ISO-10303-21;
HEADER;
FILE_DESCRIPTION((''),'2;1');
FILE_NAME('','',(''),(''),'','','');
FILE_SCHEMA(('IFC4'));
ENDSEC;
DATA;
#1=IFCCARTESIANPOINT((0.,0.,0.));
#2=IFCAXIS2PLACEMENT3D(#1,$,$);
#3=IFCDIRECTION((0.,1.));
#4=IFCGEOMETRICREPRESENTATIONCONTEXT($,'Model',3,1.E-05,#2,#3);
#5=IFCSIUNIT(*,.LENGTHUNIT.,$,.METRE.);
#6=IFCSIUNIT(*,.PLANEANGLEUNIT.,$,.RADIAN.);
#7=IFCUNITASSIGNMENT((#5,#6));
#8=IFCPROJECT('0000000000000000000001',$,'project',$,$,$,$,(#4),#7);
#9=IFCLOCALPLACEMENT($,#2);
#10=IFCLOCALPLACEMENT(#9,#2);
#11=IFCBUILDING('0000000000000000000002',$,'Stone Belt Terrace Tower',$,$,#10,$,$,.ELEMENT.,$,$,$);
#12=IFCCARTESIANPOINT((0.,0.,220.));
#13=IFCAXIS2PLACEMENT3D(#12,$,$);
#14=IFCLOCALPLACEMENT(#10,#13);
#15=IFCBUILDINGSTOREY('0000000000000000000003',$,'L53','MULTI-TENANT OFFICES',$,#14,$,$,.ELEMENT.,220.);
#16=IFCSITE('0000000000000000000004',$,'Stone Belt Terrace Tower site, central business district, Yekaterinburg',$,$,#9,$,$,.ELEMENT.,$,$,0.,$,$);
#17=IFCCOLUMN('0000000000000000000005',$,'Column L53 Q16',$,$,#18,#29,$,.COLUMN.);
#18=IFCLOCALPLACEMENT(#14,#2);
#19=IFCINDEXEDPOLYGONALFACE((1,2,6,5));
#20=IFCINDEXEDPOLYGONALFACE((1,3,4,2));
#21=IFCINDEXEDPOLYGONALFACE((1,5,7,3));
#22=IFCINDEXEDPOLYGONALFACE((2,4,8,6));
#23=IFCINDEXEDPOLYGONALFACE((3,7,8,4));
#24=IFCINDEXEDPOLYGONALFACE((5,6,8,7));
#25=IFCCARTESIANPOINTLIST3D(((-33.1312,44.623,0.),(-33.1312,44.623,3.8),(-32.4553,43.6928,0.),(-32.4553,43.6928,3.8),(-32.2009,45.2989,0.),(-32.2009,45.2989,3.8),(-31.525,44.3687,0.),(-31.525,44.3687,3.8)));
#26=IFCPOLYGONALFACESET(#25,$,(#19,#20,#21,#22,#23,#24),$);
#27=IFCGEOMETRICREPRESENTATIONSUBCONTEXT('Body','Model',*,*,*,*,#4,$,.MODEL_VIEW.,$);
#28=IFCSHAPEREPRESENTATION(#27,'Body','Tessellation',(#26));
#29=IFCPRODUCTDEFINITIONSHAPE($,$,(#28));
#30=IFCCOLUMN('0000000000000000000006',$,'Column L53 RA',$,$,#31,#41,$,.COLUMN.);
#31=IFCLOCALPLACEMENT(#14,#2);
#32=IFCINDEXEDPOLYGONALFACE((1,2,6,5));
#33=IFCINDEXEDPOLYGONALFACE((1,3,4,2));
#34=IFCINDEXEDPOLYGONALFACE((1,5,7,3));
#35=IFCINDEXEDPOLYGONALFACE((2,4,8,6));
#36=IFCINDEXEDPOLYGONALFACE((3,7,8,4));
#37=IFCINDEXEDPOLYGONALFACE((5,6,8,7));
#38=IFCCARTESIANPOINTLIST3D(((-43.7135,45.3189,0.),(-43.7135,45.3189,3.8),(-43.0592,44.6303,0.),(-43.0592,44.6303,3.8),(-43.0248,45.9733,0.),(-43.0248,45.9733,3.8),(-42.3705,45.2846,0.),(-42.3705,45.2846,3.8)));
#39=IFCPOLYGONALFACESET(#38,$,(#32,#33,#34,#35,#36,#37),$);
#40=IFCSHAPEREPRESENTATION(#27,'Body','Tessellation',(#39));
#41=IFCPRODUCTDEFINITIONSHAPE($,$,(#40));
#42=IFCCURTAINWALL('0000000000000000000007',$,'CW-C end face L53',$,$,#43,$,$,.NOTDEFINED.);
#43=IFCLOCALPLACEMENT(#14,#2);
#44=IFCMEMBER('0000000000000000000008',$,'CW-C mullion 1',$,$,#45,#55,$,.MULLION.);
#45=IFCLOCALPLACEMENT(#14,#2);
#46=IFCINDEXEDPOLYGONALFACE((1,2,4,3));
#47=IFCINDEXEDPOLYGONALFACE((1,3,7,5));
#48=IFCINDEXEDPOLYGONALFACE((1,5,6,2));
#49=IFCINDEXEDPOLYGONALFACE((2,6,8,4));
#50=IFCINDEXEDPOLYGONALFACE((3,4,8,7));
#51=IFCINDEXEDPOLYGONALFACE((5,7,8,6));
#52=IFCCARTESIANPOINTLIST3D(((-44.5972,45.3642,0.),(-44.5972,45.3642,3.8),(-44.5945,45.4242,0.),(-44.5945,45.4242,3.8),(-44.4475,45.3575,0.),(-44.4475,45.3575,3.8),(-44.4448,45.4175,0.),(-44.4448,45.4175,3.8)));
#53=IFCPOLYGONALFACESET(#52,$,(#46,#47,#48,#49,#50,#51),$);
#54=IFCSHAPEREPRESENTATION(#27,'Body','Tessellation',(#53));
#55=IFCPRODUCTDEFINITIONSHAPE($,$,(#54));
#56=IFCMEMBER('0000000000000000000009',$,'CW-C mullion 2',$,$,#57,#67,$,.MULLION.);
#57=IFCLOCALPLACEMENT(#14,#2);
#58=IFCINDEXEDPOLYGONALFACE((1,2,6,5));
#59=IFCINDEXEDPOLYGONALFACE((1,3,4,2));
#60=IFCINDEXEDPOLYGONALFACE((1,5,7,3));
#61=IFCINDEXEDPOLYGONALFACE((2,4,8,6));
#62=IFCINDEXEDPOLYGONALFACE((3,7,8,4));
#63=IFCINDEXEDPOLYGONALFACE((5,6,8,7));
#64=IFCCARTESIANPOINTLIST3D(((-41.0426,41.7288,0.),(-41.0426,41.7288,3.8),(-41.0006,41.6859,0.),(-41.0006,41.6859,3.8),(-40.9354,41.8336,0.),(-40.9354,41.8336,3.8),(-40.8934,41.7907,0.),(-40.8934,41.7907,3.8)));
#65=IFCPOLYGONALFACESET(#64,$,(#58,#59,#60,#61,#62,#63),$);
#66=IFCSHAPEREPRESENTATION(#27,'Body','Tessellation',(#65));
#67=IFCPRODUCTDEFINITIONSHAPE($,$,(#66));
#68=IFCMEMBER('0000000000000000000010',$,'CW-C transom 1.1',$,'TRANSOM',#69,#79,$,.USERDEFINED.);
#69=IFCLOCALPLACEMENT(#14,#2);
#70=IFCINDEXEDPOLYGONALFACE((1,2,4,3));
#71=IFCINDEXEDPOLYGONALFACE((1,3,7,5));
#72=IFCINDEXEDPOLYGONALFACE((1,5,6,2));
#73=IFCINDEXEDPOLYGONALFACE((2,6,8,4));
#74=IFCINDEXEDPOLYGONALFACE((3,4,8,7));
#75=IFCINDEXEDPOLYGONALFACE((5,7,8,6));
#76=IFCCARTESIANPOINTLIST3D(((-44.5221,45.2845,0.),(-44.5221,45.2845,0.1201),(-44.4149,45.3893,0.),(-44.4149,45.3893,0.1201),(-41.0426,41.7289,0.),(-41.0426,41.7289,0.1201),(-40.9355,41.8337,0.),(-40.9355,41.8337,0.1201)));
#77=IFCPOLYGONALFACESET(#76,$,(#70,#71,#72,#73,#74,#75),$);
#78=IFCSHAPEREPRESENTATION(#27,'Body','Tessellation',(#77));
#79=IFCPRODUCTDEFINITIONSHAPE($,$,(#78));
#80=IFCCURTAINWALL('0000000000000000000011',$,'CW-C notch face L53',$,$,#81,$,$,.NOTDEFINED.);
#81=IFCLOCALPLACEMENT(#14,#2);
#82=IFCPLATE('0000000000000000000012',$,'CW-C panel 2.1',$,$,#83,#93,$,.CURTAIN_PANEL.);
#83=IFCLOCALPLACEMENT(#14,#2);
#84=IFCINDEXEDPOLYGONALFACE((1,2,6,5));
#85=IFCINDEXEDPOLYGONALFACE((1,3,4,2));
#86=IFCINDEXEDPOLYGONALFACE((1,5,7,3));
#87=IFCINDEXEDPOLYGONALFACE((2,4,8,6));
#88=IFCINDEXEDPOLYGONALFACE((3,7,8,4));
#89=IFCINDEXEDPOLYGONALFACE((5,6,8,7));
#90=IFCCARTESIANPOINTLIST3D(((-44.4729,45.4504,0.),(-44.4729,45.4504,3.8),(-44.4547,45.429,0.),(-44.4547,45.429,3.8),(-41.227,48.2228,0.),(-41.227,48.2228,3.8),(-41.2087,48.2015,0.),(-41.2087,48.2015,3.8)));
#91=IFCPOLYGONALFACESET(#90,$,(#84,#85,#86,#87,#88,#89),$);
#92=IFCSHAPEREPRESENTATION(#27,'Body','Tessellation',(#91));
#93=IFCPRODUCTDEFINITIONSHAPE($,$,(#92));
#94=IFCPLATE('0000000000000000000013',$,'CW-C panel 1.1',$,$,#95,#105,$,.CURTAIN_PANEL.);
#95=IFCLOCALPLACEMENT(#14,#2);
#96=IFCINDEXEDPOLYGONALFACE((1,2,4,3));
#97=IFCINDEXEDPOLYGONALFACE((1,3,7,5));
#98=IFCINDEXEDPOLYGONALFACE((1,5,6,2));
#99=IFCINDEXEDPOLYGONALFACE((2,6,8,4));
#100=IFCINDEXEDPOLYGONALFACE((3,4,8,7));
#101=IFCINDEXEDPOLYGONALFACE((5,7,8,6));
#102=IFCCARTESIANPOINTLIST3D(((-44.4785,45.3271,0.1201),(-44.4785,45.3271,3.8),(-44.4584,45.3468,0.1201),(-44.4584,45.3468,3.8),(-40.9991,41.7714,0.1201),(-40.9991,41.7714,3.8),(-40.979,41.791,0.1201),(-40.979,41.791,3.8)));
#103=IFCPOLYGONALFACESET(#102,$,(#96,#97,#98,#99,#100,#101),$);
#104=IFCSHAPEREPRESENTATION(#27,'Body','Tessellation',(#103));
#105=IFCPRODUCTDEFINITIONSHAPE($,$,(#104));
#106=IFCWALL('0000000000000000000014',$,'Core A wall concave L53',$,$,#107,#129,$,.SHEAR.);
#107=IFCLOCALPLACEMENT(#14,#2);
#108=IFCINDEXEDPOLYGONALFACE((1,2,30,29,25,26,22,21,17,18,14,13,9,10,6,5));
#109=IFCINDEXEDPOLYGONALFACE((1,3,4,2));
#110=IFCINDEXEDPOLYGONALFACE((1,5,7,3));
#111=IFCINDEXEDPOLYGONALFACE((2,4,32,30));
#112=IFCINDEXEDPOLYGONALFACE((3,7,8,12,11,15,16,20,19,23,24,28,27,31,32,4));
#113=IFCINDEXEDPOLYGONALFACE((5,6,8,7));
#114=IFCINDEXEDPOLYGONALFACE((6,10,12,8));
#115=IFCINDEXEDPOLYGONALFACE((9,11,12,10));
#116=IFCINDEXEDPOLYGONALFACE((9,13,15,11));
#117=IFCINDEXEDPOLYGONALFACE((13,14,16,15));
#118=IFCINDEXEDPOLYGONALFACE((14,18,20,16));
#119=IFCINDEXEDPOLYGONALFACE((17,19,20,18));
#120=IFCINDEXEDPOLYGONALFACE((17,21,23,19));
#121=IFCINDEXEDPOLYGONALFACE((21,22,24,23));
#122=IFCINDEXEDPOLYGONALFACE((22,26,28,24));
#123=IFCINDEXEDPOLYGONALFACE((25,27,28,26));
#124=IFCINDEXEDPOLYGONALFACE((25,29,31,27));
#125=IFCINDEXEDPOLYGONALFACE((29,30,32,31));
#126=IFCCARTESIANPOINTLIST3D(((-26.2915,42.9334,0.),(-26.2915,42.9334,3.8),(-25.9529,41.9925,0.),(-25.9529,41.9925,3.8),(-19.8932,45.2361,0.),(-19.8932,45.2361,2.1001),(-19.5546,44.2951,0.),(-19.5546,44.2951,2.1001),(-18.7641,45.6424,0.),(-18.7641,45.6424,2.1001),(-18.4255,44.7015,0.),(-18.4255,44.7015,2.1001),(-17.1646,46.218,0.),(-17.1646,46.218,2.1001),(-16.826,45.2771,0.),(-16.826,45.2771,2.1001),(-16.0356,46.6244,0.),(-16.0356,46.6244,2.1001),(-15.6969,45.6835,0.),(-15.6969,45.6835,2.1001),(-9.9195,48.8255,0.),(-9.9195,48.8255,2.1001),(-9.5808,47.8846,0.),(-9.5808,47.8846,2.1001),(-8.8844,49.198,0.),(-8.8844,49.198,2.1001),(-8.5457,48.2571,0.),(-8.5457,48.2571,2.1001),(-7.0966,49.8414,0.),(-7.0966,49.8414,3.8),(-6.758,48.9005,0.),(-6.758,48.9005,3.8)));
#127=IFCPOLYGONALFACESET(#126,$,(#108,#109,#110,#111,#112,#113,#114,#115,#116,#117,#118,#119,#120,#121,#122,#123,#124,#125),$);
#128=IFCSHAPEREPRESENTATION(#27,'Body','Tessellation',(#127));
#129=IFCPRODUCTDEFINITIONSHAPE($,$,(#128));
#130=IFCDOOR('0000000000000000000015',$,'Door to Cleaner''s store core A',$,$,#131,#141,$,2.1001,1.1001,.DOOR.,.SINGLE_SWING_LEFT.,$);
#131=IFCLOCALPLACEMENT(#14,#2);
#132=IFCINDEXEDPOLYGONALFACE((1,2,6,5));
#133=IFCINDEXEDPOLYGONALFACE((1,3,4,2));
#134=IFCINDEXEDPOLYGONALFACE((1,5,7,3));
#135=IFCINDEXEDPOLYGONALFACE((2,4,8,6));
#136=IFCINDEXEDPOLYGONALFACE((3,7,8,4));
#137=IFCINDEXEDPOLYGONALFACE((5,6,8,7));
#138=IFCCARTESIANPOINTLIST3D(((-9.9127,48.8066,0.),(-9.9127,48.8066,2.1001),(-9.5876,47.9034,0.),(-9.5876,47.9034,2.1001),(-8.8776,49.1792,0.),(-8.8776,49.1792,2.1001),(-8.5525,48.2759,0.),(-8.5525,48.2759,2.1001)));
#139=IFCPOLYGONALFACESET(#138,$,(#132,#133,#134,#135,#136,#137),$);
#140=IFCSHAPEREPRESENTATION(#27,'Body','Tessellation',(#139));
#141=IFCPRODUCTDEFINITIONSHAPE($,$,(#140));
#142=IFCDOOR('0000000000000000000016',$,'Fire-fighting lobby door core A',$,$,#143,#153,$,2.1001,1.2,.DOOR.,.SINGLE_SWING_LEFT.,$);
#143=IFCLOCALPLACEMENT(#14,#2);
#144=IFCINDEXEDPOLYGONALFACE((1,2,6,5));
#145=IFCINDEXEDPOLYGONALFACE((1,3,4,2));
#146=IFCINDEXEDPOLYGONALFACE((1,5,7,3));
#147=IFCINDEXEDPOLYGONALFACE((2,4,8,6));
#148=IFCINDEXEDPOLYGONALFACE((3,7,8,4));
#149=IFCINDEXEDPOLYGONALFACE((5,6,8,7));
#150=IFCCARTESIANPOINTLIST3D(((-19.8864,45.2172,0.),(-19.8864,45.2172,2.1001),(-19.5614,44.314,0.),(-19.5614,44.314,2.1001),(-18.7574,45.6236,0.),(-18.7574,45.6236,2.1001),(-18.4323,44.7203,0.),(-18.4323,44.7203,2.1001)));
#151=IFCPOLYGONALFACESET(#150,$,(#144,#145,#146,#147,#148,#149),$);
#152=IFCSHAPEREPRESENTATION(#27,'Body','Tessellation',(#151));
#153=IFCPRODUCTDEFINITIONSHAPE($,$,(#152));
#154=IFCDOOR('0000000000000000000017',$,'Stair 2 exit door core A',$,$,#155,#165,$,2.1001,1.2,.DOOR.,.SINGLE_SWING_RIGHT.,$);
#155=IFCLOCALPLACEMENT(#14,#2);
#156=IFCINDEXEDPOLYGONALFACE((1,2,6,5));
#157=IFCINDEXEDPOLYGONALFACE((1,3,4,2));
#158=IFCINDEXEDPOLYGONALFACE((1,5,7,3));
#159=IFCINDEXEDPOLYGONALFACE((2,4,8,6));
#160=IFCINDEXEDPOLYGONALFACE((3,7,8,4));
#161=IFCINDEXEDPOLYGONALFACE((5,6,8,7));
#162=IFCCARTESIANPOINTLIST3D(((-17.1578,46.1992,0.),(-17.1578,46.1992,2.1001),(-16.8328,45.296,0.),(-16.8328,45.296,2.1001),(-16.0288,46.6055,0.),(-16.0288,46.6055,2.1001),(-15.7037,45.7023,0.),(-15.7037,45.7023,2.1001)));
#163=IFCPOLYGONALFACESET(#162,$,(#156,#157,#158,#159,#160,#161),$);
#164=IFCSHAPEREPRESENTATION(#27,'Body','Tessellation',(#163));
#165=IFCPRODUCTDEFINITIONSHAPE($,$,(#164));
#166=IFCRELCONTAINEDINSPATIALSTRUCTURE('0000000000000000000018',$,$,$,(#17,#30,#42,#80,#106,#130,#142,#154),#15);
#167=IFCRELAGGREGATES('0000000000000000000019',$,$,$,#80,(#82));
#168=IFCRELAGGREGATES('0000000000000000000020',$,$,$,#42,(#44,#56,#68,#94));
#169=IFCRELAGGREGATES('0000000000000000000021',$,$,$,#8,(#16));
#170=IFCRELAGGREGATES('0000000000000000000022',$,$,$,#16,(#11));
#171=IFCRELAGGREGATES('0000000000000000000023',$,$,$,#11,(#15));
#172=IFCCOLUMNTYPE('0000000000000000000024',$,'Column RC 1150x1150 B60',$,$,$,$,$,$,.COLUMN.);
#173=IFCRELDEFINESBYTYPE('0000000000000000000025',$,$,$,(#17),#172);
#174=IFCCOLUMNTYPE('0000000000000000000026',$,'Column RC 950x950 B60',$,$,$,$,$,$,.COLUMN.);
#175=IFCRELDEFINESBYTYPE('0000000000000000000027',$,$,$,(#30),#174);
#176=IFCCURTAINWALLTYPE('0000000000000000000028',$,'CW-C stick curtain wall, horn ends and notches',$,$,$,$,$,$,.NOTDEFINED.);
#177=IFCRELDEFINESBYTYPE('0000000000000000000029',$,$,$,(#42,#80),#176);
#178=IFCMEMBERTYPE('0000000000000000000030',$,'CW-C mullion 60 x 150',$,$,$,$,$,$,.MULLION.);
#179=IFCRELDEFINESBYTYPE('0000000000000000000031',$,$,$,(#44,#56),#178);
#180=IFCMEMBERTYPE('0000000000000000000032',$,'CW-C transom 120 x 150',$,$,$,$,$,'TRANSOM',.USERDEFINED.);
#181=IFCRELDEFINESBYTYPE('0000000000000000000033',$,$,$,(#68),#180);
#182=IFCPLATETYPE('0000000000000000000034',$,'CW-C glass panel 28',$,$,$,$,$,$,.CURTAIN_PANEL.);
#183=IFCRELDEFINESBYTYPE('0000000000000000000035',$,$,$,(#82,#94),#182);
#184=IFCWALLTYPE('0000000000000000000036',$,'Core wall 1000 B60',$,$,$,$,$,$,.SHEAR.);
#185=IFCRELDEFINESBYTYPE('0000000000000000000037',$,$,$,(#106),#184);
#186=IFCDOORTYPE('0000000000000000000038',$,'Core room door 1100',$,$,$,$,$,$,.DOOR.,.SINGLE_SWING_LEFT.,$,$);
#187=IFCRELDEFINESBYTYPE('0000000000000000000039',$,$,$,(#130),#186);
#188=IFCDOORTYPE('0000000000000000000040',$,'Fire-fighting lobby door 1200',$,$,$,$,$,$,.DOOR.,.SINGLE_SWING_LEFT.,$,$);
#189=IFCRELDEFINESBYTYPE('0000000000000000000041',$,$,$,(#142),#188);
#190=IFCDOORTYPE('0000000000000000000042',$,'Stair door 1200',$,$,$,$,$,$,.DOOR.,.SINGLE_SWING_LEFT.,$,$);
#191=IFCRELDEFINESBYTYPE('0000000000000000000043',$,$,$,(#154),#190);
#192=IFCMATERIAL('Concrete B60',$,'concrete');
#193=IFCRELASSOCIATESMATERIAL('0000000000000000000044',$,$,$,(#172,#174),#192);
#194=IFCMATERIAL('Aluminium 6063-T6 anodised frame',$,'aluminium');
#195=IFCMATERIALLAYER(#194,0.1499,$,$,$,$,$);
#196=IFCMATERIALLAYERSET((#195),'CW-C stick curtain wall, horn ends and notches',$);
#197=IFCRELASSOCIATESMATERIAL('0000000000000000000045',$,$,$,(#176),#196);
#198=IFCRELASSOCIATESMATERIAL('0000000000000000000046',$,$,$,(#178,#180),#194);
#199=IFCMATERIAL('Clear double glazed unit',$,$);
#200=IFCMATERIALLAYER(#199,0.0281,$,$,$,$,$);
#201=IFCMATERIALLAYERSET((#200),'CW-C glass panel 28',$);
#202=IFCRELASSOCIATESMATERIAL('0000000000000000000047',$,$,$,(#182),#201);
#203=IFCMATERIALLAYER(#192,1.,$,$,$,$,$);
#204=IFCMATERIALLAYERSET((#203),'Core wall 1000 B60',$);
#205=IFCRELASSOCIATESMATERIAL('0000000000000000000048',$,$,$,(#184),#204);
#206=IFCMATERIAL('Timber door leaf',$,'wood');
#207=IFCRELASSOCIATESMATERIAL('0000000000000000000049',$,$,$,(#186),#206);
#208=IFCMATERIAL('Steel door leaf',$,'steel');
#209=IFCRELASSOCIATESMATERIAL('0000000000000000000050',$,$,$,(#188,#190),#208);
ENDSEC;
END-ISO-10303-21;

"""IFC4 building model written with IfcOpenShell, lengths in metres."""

from ifc_helpers import new_model, si_unit, direction, frame, frame_2d, origin, origin_2d, place, context, subcontext, project, spatial, rectangle, extrude, material, layer, layer_set, material_profile, profile_set, type_object, element, fill, aggregate, save


model = new_model("IFC4")

# Units and contexts
model_context = context("Model", 3, precision=1e-05, world=origin(), true_north=direction((0.0, 1.0)))
body_context = subcontext(model_context, "Body", "Model", "MODEL_VIEW")
ifc_project = project(units=[si_unit("LENGTHUNIT", "METRE"), si_unit("PLANEANGLEUNIT", "RADIAN")], contexts=[model_context])

# Site, building, storey
site_placement = place(None, origin())
site = spatial("IfcSite", under=ifc_project, at=site_placement, Name="Stone Belt Terrace Tower site, central business district, Yekaterinburg", CompositionType="ELEMENT", RefElevation=0.0)
building_placement = place(site_placement, origin())
building = spatial("IfcBuilding", under=site, at=building_placement, Name="Stone Belt Terrace Tower", CompositionType="ELEMENT")
storey_placement = place(building_placement, frame((0.0, 0.0, 220.0)))
storey = spatial("IfcBuildingStorey", under=building, at=storey_placement, Name="L53", Description="MULTI-TENANT OFFICES", CompositionType="ELEMENT", Elevation=220.0)

# Columns
ifc_material_1 = material(Name="Concrete B60", Category="concrete")
ifc_material_profile_1 = material_profile(ifc_material_1, rectangle(XDim=1.1499, YDim=1.1499, at=origin_2d()), Name="RC 1150x1150")
ifc_profile_set_1 = profile_set([ifc_material_profile_1], Name="Concrete B60")
column_type_1 = type_object("IfcColumnType", Name="Column RC 1150x1150 B60", PredefinedType="COLUMN", material=ifc_profile_set_1)
column_1_placement = place(storey_placement, frame((-32.3281, 44.4958, 0.0), z_axis=(0.0, 0.0, 1.0), x_axis=(0.809017, 0.587785, 0.0)))
element("IfcColumn", 1, at=column_1_placement, inside=storey, type_object=column_type_1, Name="Column L53 Q16", PredefinedType="COLUMN", context=body_context, shape_type="SweptSolid", body=[
    extrude(rectangle(XDim=1.1499, YDim=1.1499, at=origin_2d()), origin(), (0.0, 0.0, 1.0), 3.8),
])
ifc_material_profile_2 = material_profile(ifc_material_1, rectangle(XDim=0.95, YDim=0.95, at=origin_2d()), Name="RC 950x950")
ifc_profile_set_2 = profile_set([ifc_material_profile_2], Name="Concrete B60")
column_type_2 = type_object("IfcColumnType", Name="Column RC 950x950 B60", PredefinedType="COLUMN", material=ifc_profile_set_2)
column_2_placement = place(storey_placement, frame((-43.042, 45.3018, 0.0), z_axis=(0.0, 0.0, 1.0), x_axis=(0.724959, 0.688792, 0.0)))
element("IfcColumn", 2, at=column_2_placement, inside=storey, type_object=column_type_2, Name="Column L53 RA", PredefinedType="COLUMN", context=body_context, shape_type="SweptSolid", body=[
    extrude(rectangle(XDim=0.95, YDim=0.95, at=origin_2d()), origin(), (0.0, 0.0, 1.0), 3.8),
])

# Curtain wall, members
ifc_material_2 = material(Name="Aluminium 6063-T6 anodised frame", Category="aluminium")
ifc_layer_1 = layer(ifc_material_2, 0.1499)
ifc_layer_set_1 = layer_set([ifc_layer_1], Name="CW-C stick curtain wall, horn ends and notches")
curtain_wall_type = type_object("IfcCurtainWallType", Name="CW-C stick curtain wall, horn ends and notches", PredefinedType="NOTDEFINED", material=ifc_layer_set_1)
curtain_wall_1_placement = place(storey_placement, origin())
curtain_wall_1 = element("IfcCurtainWall", 3, at=curtain_wall_1_placement, inside=storey, type_object=curtain_wall_type, Name="CW-C end face L53", PredefinedType="NOTDEFINED")
ifc_material_profile_3 = material_profile(ifc_material_2, rectangle(XDim=0.1499, YDim=0.0601, at=origin_2d()), Name="Aluminium 6063-T6 60x150")
ifc_profile_set_3 = profile_set([ifc_material_profile_3], Name="Aluminium 6063-T6 anodised frame")
member_type_1 = type_object("IfcMemberType", Name="CW-C mullion 60 x 150", PredefinedType="MULLION", material=ifc_profile_set_3)
member_1_placement = place(storey_placement, frame((-44.521, 45.3909, 0.0), z_axis=(0.0, 0.0, 1.0), x_axis=(0.999002, -0.044672, 0.0)))
member_1 = element("IfcMember", 4, at=member_1_placement, type_object=member_type_1, Name="CW-C mullion 1", PredefinedType="MULLION", context=body_context, shape_type="SweptSolid", body=[
    extrude(rectangle(XDim=0.1499, YDim=0.0601, at=origin_2d()), origin(), (0.0, 0.0, 1.0), 3.8),
])
member_2_placement = place(storey_placement, frame((-40.968, 41.7598, 0.0), z_axis=(0.0, 0.0, 1.0), x_axis=(0.714739, 0.699391, 0.0)))
member_2 = element("IfcMember", 5, at=member_2_placement, type_object=member_type_1, Name="CW-C mullion 2", PredefinedType="MULLION", context=body_context, shape_type="SweptSolid", body=[
    extrude(rectangle(XDim=0.1499, YDim=0.0601, at=origin_2d()), origin(), (0.0, 0.0, 1.0), 3.8),
])
ifc_material_profile_4 = material_profile(ifc_material_2, rectangle(XDim=0.1499, YDim=0.1201, at=origin_2d()), Name="Aluminium 6063-T6 150x120")
ifc_profile_set_4 = profile_set([ifc_material_profile_4], Name="Aluminium 6063-T6 anodised frame")
member_type_2 = type_object("IfcMemberType", Name="CW-C transom 120 x 150", ElementType="TRANSOM", PredefinedType="USERDEFINED", material=ifc_profile_set_4)
member_3_placement = place(storey_placement, frame((-44.4685, 45.3369, 0.0601), z_axis=(0.69941, -0.714721, 0.0), x_axis=(0.714721, 0.69941, 0.0)))
member_3 = element("IfcMember", 6, at=member_3_placement, type_object=member_type_2, Name="CW-C transom 1.1", ObjectType="TRANSOM", PredefinedType="USERDEFINED", context=body_context, shape_type="SweptSolid", body=[
    extrude(rectangle(XDim=0.1499, YDim=0.1201, at=origin_2d()), origin(), (0.0, 0.0, 1.0), 4.9749),
])

# Curtain wall, plate
curtain_wall_2_placement = place(storey_placement, origin())
curtain_wall_2 = element("IfcCurtainWall", 7, at=curtain_wall_2_placement, inside=storey, type_object=curtain_wall_type, Name="CW-C notch face L53", PredefinedType="NOTDEFINED")
ifc_material_3 = material(Name="Clear double glazed unit")
ifc_layer_2 = layer(ifc_material_3, 0.0281)
ifc_layer_set_2 = layer_set([ifc_layer_2], Name="CW-C glass panel 28")
plate_type = type_object("IfcPlateType", Name="CW-C glass panel 28", PredefinedType="CURTAIN_PANEL", material=ifc_layer_set_2)
plate_1_placement = place(storey_placement, frame((-42.8408, 46.8259, 0.0), z_axis=(0.0, 0.0, 1.0), x_axis=(-0.760394, -0.649462, 0.0)))
plate_1 = element("IfcPlate", 8, at=plate_1_placement, type_object=plate_type, Name="CW-C panel 2.1", PredefinedType="CURTAIN_PANEL", context=body_context, shape_type="SweptSolid", body=[
    extrude(rectangle(XDim=4.2688, YDim=0.0281, at=origin_2d()), origin(), (0.0, 0.0, 1.0), 3.8),
])
aggregate(curtain_wall_2, [plate_1])

# Plate
plate_2_placement = place(storey_placement, frame((-42.7288, 43.5591, 0.1201), z_axis=(0.0, 0.0, 1.0), x_axis=(0.699391, -0.714739, 0.0)))
plate_2 = element("IfcPlate", 9, at=plate_2_placement, type_object=plate_type, Name="CW-C panel 1.1", PredefinedType="CURTAIN_PANEL", context=body_context, shape_type="SweptSolid", body=[
    extrude(rectangle(XDim=4.9749, YDim=0.0281, at=origin_2d()), origin(), (0.0, 0.0, 1.0), 3.6799),
])
aggregate(curtain_wall_1, [member_1, member_2, member_3, plate_2])

# Wall, openings, doors
ifc_layer_3 = layer(ifc_material_1, 1.0)
ifc_layer_set_3 = layer_set([ifc_layer_3], Name="Core wall 1000 B60")
wall_type_1 = type_object("IfcWallType", Name="Core wall 1000 B60", PredefinedType="SHEAR", material=ifc_layer_set_3)
wall_1_placement = place(storey_placement, frame((-26.1223, 42.4629, 0.0), z_axis=(0.0, 0.0, 1.0), x_axis=(0.940921, 0.338625, 0.0)))
wall_1 = element("IfcWall", 10, at=wall_1_placement, inside=storey, type_object=wall_type_1, Name="Core A wall concave L53", PredefinedType="SHEAR", context=body_context, shape_type="SweptSolid", body=[
    extrude(rectangle(XDim=20.4001, YDim=1.0, at=frame_2d((10.2002, 0.0))), origin(), (0.0, 0.0, 1.0), 3.8),
])
opening_1_placement = place(wall_1_placement, frame((6.8, 0.0, 0.0)))
opening_1 = element("IfcOpeningElement", 11, at=opening_1_placement, cuts=wall_1, PredefinedType="OPENING", context=body_context, shape_type="SweptSolid", body=[
    extrude(rectangle(XDim=1.2, YDim=2.1001, at=frame_2d((0.6001, 1.05))), frame((0.0, 0.51, 0.0), z_axis=(0.0, -1.0, 0.0), x_axis=(1.0, 0.0, 0.0)), (0.0, 0.0, 1.0), 1.02),
])
opening_2_placement = place(wall_1_placement, frame((9.7, 0.0, 0.0)))
opening_2 = element("IfcOpeningElement", 12, at=opening_2_placement, cuts=wall_1, PredefinedType="OPENING", context=body_context, shape_type="SweptSolid", body=[
    extrude(rectangle(XDim=1.2, YDim=2.1001, at=frame_2d((0.6001, 1.05))), frame((0.0, 0.51, 0.0), z_axis=(0.0, -1.0, 0.0), x_axis=(1.0, 0.0, 0.0)), (0.0, 0.0, 1.0), 1.02),
])
opening_3_placement = place(wall_1_placement, frame((17.4001, 0.0, 0.0)))
opening_3 = element("IfcOpeningElement", 13, at=opening_3_placement, cuts=wall_1, PredefinedType="OPENING", context=body_context, shape_type="SweptSolid", body=[
    extrude(rectangle(XDim=1.1001, YDim=2.1001, at=frame_2d((0.55, 1.05))), frame((0.0, 0.51, 0.0), z_axis=(0.0, -1.0, 0.0), x_axis=(1.0, 0.0, 0.0)), (0.0, 0.0, 1.0), 1.02),
])
ifc_material_4 = material(Name="Timber door leaf", Category="wood")
door_type_1 = type_object("IfcDoorType", Name="Core room door 1100", OperationType="SINGLE_SWING_LEFT", PredefinedType="DOOR", material=ifc_material_4)
door_1_placement = place(opening_3_placement, origin())
door_1 = element("IfcDoor", 14, at=door_1_placement, inside=storey, type_object=door_type_1, Name="Door to Cleaner's store core A", OperationType="SINGLE_SWING_LEFT", OverallHeight=2.1001, OverallWidth=1.1001, PredefinedType="DOOR", context=body_context, shape_type="SweptSolid", body=[
    extrude(rectangle(XDim=1.1001, YDim=2.1001, at=frame_2d((0.55, 1.05))), frame((0.0, 0.48, 0.0), z_axis=(0.0, -1.0, 0.0), x_axis=(1.0, 0.0, 0.0)), (0.0, 0.0, 1.0), 0.96),
])
fill(opening_3, door_1)
ifc_material_5 = material(Name="Steel door leaf", Category="steel")
door_type_2 = type_object("IfcDoorType", Name="Fire-fighting lobby door 1200", OperationType="SINGLE_SWING_LEFT", PredefinedType="DOOR", material=ifc_material_5)
door_2_placement = place(opening_1_placement, origin())
door_2 = element("IfcDoor", 15, at=door_2_placement, inside=storey, type_object=door_type_2, Name="Fire-fighting lobby door core A", OperationType="SINGLE_SWING_LEFT", OverallHeight=2.1001, OverallWidth=1.2, PredefinedType="DOOR", context=body_context, shape_type="SweptSolid", body=[
    extrude(rectangle(XDim=1.2, YDim=2.1001, at=frame_2d((0.6001, 1.05))), frame((0.0, 0.48, 0.0), z_axis=(0.0, -1.0, 0.0), x_axis=(1.0, 0.0, 0.0)), (0.0, 0.0, 1.0), 0.96),
])
fill(opening_1, door_2)
door_type_3 = type_object("IfcDoorType", Name="Stair door 1200", OperationType="SINGLE_SWING_LEFT", PredefinedType="DOOR", material=ifc_material_5)
door_3_placement = place(opening_2_placement, origin())
door_3 = element("IfcDoor", 16, at=door_3_placement, inside=storey, type_object=door_type_3, Name="Stair 2 exit door core A", OperationType="SINGLE_SWING_RIGHT", OverallHeight=2.1001, OverallWidth=1.2, PredefinedType="DOOR", context=body_context, shape_type="SweptSolid", body=[
    extrude(rectangle(XDim=1.2, YDim=2.1001, at=frame_2d((0.6001, 1.05))), frame((0.0, 0.48, 0.0), z_axis=(0.0, -1.0, 0.0), x_axis=(1.0, 0.0, 0.0)), (0.0, 0.0, 1.0), 0.96),
])
fill(opening_2, door_3)

save(model, "model.ifc")
